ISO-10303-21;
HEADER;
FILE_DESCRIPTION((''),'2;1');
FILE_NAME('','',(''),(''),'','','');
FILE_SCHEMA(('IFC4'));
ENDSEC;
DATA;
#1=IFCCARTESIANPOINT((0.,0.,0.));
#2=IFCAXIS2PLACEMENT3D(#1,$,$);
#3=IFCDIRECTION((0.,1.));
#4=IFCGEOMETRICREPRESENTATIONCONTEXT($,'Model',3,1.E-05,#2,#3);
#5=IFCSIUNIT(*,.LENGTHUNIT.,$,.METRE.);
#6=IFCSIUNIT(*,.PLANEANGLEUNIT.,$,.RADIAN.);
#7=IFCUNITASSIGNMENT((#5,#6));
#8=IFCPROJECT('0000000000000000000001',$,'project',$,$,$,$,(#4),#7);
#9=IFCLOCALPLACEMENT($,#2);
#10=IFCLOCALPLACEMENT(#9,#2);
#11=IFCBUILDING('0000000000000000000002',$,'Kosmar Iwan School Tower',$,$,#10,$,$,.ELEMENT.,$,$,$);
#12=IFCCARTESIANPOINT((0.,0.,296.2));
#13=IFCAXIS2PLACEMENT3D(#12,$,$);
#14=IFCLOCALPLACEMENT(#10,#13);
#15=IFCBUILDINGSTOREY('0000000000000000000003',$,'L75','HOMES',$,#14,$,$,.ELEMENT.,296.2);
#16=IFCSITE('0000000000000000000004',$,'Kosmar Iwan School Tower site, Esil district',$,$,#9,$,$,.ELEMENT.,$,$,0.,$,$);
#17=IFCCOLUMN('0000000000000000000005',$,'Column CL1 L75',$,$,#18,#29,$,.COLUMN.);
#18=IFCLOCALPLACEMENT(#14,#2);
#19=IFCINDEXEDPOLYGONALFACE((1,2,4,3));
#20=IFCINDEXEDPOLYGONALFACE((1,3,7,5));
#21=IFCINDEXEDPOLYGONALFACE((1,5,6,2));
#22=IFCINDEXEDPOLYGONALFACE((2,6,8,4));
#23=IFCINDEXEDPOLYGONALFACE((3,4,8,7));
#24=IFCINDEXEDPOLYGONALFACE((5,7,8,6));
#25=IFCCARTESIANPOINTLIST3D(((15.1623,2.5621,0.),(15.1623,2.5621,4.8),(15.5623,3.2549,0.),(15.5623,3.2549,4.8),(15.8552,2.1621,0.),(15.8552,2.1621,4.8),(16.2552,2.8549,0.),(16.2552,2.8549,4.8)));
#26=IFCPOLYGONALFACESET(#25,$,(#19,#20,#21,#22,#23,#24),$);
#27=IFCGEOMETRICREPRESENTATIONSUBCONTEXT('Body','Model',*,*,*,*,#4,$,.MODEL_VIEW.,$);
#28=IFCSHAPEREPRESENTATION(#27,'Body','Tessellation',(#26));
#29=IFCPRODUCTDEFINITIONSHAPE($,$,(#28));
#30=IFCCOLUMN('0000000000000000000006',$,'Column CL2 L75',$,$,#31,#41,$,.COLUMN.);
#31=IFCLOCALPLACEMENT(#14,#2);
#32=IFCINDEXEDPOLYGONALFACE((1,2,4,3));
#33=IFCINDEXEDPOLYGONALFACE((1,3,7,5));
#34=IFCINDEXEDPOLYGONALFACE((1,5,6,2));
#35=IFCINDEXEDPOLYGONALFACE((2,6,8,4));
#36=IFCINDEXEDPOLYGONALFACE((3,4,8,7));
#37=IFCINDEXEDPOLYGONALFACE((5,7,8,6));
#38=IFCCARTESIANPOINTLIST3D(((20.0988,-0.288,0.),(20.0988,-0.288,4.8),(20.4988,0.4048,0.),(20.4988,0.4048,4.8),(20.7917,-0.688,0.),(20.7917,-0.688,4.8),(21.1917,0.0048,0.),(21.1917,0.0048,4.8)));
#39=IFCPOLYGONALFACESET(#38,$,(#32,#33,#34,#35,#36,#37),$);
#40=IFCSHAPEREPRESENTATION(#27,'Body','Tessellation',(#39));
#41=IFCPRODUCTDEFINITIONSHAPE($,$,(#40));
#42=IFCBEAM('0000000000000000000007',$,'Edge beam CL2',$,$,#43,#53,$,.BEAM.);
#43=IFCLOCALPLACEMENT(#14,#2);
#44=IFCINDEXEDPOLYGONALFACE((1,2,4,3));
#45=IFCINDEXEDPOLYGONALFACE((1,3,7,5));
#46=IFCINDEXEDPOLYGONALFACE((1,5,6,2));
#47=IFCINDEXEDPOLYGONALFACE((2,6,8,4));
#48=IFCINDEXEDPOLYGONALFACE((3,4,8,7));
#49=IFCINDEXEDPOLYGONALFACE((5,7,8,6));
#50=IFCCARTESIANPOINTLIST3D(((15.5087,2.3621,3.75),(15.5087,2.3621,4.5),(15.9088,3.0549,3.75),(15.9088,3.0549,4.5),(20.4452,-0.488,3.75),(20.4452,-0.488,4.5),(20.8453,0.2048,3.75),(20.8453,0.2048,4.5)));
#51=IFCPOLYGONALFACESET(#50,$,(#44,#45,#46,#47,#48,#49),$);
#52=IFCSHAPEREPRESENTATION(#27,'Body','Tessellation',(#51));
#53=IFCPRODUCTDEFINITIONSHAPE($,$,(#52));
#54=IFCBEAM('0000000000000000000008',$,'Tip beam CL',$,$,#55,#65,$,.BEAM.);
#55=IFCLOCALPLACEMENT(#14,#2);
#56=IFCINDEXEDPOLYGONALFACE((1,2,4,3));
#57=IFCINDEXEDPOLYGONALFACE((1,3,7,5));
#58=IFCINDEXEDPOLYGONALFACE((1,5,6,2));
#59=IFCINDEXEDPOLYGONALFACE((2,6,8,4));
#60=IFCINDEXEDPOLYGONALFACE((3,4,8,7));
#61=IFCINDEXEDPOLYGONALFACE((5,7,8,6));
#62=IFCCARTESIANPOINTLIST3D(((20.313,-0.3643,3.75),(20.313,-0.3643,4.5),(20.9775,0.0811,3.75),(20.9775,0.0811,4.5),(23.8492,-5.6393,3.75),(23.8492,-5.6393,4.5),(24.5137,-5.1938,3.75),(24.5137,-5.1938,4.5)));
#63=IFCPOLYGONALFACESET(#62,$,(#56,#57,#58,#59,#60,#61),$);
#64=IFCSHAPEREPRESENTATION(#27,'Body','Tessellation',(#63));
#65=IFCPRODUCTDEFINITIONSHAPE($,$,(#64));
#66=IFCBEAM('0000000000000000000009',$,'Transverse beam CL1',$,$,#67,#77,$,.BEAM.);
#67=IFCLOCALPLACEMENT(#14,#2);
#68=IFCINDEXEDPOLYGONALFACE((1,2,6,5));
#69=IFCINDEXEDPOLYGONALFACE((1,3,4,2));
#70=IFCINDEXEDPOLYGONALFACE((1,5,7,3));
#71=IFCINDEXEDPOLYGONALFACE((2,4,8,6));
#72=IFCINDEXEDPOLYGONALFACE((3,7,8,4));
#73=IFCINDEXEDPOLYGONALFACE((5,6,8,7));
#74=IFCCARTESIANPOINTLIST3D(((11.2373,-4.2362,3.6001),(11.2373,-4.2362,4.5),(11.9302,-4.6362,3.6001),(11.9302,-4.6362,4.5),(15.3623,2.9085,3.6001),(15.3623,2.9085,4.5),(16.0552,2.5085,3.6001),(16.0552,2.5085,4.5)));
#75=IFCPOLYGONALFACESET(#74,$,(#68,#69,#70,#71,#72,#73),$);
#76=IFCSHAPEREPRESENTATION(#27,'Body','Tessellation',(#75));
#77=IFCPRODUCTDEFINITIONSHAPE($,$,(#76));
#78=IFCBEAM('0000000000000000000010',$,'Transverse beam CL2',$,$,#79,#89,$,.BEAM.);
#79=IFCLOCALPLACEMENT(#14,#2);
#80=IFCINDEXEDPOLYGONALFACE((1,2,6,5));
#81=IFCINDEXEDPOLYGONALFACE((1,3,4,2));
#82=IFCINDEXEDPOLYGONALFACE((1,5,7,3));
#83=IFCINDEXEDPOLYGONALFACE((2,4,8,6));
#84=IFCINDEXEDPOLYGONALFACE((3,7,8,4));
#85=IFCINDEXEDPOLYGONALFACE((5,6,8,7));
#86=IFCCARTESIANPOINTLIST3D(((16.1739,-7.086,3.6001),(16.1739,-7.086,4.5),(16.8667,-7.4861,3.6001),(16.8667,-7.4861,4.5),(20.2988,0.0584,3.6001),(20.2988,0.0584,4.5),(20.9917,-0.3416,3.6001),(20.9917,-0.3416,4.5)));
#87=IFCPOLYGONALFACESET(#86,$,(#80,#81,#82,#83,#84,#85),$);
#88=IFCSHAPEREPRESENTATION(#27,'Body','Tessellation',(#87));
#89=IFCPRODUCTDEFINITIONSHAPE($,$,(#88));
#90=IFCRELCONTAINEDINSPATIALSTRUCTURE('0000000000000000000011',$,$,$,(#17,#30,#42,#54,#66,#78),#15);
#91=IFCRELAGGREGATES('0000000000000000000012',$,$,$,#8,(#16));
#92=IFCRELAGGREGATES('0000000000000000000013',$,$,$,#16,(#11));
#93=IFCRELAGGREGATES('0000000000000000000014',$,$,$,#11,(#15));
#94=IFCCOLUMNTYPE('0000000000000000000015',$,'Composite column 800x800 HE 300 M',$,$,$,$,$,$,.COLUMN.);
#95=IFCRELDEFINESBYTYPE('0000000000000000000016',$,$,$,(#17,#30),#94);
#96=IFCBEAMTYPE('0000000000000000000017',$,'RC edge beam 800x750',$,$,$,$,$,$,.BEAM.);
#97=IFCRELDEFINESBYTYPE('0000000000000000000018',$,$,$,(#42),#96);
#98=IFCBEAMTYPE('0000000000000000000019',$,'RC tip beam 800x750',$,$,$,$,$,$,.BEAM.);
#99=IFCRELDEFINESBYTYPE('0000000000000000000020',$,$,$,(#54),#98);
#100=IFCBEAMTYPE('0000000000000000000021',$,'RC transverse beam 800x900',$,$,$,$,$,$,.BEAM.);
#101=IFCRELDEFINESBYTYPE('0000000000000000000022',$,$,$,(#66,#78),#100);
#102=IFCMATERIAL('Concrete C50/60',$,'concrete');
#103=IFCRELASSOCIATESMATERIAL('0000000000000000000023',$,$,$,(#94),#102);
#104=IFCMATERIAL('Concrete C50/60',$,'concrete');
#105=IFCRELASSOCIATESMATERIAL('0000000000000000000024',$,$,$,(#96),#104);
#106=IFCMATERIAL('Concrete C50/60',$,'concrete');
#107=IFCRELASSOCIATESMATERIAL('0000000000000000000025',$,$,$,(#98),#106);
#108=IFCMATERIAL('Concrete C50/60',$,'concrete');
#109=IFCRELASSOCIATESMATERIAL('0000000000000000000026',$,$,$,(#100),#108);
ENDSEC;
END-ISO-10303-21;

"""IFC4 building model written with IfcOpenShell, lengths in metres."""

from ifc_helpers import new_model, si_unit, direction, frame, origin, origin_2d, place, context, subcontext, project, spatial, rectangle, extrude, material, material_profile, profile_set, type_object, element, save


model = new_model("IFC4")

# Units and contexts
model_context = context("Model", 3, precision=1e-05, world=origin(), true_north=direction((0.0, 1.0)))
body_context = subcontext(model_context, "Body", "Model", "MODEL_VIEW")
ifc_project = project(units=[si_unit("LENGTHUNIT", "METRE"), si_unit("PLANEANGLEUNIT", "RADIAN")], contexts=[model_context])

# Site, building, storey
site_placement = place(None, origin())
site = spatial("IfcSite", under=ifc_project, at=site_placement, Name="Kosmar Iwan School Tower site, Esil district", CompositionType="ELEMENT", RefElevation=0.0)
building_placement = place(site_placement, origin())
building = spatial("IfcBuilding", under=site, at=building_placement, Name="Kosmar Iwan School Tower", CompositionType="ELEMENT")
storey_placement = place(building_placement, frame((0.0, 0.0, 296.2)))
storey = spatial("IfcBuildingStorey", under=building, at=storey_placement, Name="L75", Description="HOMES", CompositionType="ELEMENT", Elevation=296.2)

# Columns
ifc_material_1 = material(Name="Concrete C50/60", Category="concrete")
ifc_material_profile_1 = material_profile(ifc_material_1, rectangle(XDim=0.8, YDim=0.8, at=origin_2d()), Name="RC 800x800 + HE 300 M")
ifc_profile_set_1 = profile_set([ifc_material_profile_1], Name="Concrete C50/60")
column_type = type_object("IfcColumnType", Name="Composite column 800x800 HE 300 M", PredefinedType="COLUMN", material=ifc_profile_set_1)
for number, where, z_axis, x_axis, name in (
    (1, (15.7087, 2.7085, 0.0), (0.0, 0.0, 1.0), (0.866025, -0.5, 0.0), "Column CL1 L75"),
    (2, (20.6453, -0.1416, 0.0), (0.0, 0.0, 1.0), (0.866025, -0.5, 0.0), "Column CL2 L75"),
):
    element("IfcColumn", number, at=place(storey_placement, frame(where, z_axis=z_axis, x_axis=x_axis)), inside=storey, type_object=column_type, Name=name, PredefinedType="COLUMN", context=body_context, shape_type="SweptSolid", body=[
        extrude(rectangle(XDim=0.8, YDim=0.8, at=origin_2d()), origin(), (0.0, 0.0, 1.0), 4.8),
    ])

# Beams
ifc_material_2 = material(Name="Concrete C50/60", Category="concrete")
ifc_material_profile_2 = material_profile(ifc_material_2, rectangle(XDim=0.8, YDim=0.75, at=origin_2d()), Name="RC 800x750")
ifc_profile_set_2 = profile_set([ifc_material_profile_2], Name="Concrete C50/60")
beam_type_1 = type_object("IfcBeamType", Name="RC edge beam 800x750", PredefinedType="BEAM", material=ifc_profile_set_2)
beam_1_placement = place(storey_placement, frame((15.7087, 2.7085, 4.125), z_axis=(0.866026, -0.499999, 0.0), x_axis=(0.499999, 0.866026, 0.0)))
element("IfcBeam", 3, at=beam_1_placement, inside=storey, type_object=beam_type_1, Name="Edge beam CL2", PredefinedType="BEAM", context=body_context, shape_type="SweptSolid", body=[
    extrude(rectangle(XDim=0.8, YDim=0.75, at=origin_2d()), origin(), (0.0, 0.0, 1.0), 5.7002),
])
ifc_material_3 = material(Name="Concrete C50/60", Category="concrete")
ifc_material_profile_3 = material_profile(ifc_material_3, rectangle(XDim=0.8, YDim=0.75, at=origin_2d()), Name="RC 800x750")
ifc_profile_set_3 = profile_set([ifc_material_profile_3], Name="Concrete C50/60")
beam_type_2 = type_object("IfcBeamType", Name="RC tip beam 800x750", PredefinedType="BEAM", material=ifc_profile_set_3)
beam_2_placement = place(storey_placement, frame((20.6453, -0.1416, 4.125), z_axis=(0.556828, -0.830628, 0.0), x_axis=(0.830628, 0.556828, 0.0)))
element("IfcBeam", 4, at=beam_2_placement, inside=storey, type_object=beam_type_2, Name="Tip beam CL", PredefinedType="BEAM", context=body_context, shape_type="SweptSolid", body=[
    extrude(rectangle(XDim=0.8, YDim=0.75, at=origin_2d()), origin(), (0.0, 0.0, 1.0), 6.3506),
])
ifc_material_4 = material(Name="Concrete C50/60", Category="concrete")
ifc_material_profile_4 = material_profile(ifc_material_4, rectangle(XDim=0.8, YDim=0.8999, at=origin_2d()), Name="RC 800x900")
ifc_profile_set_4 = profile_set([ifc_material_profile_4], Name="Concrete C50/60")
beam_type_3 = type_object("IfcBeamType", Name="RC transverse beam 800x900", PredefinedType="BEAM", material=ifc_profile_set_4)
beam_3_placement = place(storey_placement, frame((15.7087, 2.7085, 4.05), z_axis=(-0.499997, -0.866027, 0.0), x_axis=(0.866027, -0.499997, 0.0)))
element("IfcBeam", 5, at=beam_3_placement, inside=storey, type_object=beam_type_3, Name="Transverse beam CL1", PredefinedType="BEAM", context=body_context, shape_type="SweptSolid", body=[
    extrude(rectangle(XDim=0.8, YDim=0.8999, at=origin_2d()), origin(), (0.0, 0.0, 1.0), 8.25),
])
beam_4_placement = place(storey_placement, frame((20.6453, -0.1416, 4.05), z_axis=(-0.500009, -0.86602, 0.0), x_axis=(0.86602, -0.500009, 0.0)))
element("IfcBeam", 6, at=beam_4_placement, inside=storey, type_object=beam_type_3, Name="Transverse beam CL2", PredefinedType="BEAM", context=body_context, shape_type="SweptSolid", body=[
    extrude(rectangle(XDim=0.8, YDim=0.8999, at=origin_2d()), origin(), (0.0, 0.0, 1.0), 8.2498),
])

save(model, "model.ifc")
